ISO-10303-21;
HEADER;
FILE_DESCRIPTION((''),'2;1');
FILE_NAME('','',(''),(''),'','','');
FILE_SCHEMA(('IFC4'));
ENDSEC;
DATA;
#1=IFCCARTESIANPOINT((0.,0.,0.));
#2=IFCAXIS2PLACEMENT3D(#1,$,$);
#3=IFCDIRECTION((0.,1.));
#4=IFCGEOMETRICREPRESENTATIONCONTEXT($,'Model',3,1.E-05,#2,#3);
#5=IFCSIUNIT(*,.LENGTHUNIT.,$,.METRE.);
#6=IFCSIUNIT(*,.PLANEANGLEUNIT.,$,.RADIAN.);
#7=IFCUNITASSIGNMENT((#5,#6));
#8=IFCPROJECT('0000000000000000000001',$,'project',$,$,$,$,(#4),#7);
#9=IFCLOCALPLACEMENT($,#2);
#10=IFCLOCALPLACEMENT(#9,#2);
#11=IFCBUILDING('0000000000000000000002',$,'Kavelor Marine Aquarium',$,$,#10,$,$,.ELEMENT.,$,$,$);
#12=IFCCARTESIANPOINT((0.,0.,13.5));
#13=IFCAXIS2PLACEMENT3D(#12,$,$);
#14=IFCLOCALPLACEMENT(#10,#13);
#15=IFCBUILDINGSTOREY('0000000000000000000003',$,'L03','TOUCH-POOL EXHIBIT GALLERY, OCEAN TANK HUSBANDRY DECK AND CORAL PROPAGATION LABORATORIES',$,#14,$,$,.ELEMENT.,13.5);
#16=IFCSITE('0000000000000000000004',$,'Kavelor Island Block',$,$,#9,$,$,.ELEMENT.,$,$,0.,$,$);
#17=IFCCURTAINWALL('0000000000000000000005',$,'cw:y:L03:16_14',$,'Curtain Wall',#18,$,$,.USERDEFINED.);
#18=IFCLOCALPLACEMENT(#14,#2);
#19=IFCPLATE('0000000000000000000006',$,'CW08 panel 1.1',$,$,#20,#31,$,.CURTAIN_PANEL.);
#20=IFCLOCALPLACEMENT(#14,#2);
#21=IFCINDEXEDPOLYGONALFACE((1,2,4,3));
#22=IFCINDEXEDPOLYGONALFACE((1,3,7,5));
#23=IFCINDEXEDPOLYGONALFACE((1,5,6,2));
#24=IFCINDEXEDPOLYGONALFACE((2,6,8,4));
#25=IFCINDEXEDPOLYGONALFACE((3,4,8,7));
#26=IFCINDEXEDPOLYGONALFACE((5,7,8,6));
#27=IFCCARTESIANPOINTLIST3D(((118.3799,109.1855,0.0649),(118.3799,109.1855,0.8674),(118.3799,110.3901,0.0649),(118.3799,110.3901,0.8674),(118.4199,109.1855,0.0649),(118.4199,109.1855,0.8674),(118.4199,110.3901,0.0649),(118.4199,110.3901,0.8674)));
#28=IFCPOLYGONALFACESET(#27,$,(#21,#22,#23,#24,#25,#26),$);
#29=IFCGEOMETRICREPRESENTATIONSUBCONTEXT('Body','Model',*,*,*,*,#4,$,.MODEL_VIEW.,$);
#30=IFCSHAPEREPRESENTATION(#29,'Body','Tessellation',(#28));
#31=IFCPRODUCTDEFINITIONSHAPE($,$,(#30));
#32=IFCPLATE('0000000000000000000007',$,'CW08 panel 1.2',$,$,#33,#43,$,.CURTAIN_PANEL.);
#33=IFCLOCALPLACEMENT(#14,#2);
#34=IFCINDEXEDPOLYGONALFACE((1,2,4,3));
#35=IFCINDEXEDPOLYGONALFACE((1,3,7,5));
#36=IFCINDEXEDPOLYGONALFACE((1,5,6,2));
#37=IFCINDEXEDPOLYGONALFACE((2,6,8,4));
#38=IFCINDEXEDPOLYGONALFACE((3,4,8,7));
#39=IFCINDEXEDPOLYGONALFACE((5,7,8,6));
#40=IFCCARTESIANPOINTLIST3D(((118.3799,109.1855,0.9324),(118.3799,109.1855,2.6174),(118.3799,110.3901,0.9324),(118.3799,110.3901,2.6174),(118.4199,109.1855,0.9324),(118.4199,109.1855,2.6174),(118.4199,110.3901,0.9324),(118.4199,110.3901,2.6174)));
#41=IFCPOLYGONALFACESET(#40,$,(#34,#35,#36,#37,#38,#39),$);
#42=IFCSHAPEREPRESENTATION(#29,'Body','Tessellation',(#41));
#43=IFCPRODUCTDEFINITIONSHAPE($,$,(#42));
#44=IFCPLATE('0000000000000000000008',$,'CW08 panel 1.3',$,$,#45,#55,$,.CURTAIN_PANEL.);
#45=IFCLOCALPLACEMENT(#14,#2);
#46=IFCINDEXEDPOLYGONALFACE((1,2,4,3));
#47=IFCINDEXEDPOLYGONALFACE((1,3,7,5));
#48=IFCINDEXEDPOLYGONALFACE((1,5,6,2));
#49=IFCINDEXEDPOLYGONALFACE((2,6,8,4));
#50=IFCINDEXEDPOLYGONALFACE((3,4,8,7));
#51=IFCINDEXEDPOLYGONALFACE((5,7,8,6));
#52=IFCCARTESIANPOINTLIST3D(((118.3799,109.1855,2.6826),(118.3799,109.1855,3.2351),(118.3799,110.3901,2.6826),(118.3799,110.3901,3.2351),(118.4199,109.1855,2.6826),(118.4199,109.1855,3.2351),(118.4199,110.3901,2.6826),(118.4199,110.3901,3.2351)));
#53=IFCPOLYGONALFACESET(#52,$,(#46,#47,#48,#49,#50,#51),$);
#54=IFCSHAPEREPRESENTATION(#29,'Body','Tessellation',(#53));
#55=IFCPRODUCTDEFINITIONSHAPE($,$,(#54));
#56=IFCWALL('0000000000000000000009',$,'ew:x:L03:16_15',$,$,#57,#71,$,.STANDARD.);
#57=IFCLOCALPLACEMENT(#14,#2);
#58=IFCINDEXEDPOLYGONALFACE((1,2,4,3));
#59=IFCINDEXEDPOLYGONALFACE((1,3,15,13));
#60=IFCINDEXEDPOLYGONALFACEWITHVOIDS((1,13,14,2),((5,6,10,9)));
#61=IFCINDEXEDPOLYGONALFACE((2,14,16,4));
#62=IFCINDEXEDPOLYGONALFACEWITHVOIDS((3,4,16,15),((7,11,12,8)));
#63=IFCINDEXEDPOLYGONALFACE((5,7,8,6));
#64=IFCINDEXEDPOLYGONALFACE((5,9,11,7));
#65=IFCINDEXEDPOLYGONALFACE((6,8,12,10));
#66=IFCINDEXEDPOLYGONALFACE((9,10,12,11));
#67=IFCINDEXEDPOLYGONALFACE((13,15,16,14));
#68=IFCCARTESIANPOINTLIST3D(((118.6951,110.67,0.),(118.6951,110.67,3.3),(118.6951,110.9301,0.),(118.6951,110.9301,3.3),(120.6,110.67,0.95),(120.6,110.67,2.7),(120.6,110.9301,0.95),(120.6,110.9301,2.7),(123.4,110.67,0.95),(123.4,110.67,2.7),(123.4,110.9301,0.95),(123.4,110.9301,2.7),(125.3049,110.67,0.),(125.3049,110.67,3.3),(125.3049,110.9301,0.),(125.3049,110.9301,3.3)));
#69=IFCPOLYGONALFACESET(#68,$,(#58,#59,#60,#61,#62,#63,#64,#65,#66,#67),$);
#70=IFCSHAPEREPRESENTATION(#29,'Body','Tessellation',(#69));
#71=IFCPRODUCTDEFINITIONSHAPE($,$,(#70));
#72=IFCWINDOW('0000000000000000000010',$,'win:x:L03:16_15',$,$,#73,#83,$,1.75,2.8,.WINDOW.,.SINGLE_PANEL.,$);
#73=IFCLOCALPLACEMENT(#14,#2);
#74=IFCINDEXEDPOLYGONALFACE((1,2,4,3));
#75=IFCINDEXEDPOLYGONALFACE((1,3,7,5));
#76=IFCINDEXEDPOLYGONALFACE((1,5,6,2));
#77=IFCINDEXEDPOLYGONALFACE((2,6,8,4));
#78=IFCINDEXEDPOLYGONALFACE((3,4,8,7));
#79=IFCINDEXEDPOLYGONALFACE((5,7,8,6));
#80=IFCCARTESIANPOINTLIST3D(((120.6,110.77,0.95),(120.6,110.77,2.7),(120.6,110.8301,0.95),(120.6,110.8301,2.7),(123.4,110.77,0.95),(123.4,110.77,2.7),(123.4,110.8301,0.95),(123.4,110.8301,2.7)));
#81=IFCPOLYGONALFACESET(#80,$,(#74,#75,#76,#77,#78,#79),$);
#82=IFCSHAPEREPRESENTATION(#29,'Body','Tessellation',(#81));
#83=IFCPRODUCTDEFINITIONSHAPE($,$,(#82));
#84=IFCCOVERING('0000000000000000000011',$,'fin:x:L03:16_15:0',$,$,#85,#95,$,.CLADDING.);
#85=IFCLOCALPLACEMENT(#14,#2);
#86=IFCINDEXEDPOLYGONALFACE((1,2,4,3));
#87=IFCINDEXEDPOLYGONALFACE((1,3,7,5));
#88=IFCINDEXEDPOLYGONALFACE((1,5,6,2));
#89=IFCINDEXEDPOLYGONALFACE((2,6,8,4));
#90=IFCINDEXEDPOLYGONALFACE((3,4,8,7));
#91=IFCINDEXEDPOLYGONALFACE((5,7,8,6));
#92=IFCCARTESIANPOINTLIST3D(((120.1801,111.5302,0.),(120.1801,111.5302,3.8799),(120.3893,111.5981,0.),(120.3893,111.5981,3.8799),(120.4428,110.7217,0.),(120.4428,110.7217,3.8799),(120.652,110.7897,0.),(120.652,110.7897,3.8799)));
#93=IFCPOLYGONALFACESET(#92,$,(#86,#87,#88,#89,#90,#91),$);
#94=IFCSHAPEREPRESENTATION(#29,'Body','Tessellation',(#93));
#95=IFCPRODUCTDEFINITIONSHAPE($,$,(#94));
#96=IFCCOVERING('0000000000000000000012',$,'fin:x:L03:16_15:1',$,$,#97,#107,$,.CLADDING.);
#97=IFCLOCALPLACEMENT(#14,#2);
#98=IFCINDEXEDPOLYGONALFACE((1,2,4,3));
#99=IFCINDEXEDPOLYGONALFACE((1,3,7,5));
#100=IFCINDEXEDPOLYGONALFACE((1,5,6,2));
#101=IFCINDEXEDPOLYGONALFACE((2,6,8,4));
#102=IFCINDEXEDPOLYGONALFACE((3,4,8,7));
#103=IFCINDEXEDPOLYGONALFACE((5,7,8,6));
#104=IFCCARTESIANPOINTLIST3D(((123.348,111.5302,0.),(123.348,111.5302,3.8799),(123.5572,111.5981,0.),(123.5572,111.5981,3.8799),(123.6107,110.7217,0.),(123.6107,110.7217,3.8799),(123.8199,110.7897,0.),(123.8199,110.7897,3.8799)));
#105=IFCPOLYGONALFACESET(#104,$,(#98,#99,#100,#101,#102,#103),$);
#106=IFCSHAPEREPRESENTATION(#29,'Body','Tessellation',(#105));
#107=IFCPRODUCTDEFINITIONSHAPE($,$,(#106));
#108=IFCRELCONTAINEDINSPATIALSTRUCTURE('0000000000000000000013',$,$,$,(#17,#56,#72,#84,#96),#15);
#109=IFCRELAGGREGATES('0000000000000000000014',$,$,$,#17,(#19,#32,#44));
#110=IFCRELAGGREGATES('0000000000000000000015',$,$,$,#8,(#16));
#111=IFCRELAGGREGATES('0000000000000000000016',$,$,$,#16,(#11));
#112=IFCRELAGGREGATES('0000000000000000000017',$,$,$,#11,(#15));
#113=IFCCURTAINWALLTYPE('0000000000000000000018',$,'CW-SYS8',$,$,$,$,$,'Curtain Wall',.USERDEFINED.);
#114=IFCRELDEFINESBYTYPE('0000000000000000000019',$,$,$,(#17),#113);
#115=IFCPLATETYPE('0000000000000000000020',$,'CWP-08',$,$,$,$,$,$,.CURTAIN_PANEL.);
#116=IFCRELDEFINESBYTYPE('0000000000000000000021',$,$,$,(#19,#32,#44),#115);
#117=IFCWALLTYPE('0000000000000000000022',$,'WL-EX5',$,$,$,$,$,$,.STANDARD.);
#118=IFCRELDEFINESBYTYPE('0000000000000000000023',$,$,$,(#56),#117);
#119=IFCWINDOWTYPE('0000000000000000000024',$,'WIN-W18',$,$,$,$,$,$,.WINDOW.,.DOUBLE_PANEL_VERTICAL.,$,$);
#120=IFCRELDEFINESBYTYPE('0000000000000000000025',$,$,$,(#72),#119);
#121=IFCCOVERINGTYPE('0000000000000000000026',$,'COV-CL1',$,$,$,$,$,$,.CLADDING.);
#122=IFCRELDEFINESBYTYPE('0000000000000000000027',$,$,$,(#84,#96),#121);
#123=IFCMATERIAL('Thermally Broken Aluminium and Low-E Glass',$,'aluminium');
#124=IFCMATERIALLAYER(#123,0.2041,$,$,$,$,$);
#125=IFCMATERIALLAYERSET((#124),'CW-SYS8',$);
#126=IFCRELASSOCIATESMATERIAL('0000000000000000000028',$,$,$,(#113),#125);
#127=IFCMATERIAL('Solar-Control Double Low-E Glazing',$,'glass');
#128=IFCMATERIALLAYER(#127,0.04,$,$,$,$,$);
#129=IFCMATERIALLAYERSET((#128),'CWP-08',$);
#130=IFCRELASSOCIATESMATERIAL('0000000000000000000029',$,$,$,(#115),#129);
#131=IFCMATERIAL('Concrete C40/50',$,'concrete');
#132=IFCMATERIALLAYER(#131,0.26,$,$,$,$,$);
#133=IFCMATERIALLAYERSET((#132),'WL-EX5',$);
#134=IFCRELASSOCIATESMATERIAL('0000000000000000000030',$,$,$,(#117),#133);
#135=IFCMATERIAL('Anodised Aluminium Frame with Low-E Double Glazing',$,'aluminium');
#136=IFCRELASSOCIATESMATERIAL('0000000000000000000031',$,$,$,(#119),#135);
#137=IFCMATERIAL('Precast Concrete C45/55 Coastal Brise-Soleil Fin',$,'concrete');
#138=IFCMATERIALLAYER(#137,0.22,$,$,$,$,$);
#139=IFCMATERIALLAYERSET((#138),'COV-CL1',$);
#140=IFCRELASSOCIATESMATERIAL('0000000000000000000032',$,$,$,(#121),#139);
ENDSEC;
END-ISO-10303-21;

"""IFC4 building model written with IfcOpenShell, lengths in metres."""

from ifc_helpers import new_model, si_unit, direction, frame, frame_2d, origin, origin_2d, place, context, subcontext, project, spatial, rectangle, extrude, material, layer, layer_set, type_object, element, fill, aggregate, save


model = new_model("IFC4")

# Units and contexts
model_context = context("Model", 3, precision=1e-05, world=origin(), true_north=direction((0.0, 1.0)))
body_context = subcontext(model_context, "Body", "Model", "MODEL_VIEW")
ifc_project = project(units=[si_unit("LENGTHUNIT", "METRE"), si_unit("PLANEANGLEUNIT", "RADIAN")], contexts=[model_context])

# Site, building, storey
site_placement = place(None, origin())
site = spatial("IfcSite", under=ifc_project, at=site_placement, Name="Kavelor Island Block", CompositionType="ELEMENT", RefElevation=0.0)
building_placement = place(site_placement, origin())
building = spatial("IfcBuilding", under=site, at=building_placement, Name="Kavelor Marine Aquarium", CompositionType="ELEMENT")
storey_placement = place(building_placement, frame((0.0, 0.0, 13.5)))
storey = spatial("IfcBuildingStorey", under=building, at=storey_placement, Name="L03", Description="TOUCH-POOL EXHIBIT GALLERY, OCEAN TANK HUSBANDRY DECK AND CORAL PROPAGATION LABORATORIES", CompositionType="ELEMENT", Elevation=13.5)

# Curtain wall, plates
ifc_material_1 = material(Name="Thermally Broken Aluminium and Low-E Glass", Category="aluminium")
ifc_layer_1 = layer(ifc_material_1, 0.2041)
ifc_layer_set_1 = layer_set([ifc_layer_1], Name="CW-SYS8")
curtain_wall_type = type_object("IfcCurtainWallType", Name="CW-SYS8", ElementType="Curtain Wall", PredefinedType="USERDEFINED", material=ifc_layer_set_1)
curtain_wall_placement = place(storey_placement, origin())
curtain_wall = element("IfcCurtainWall", 1, at=curtain_wall_placement, inside=storey, type_object=curtain_wall_type, Name="cw:y:L03:16_14", ObjectType="Curtain Wall", PredefinedType="USERDEFINED")
ifc_material_2 = material(Name="Solar-Control Double Low-E Glazing", Category="glass")
ifc_layer_2 = layer(ifc_material_2, 0.04)
ifc_layer_set_2 = layer_set([ifc_layer_2], Name="CWP-08")
plate_type = type_object("IfcPlateType", Name="CWP-08", PredefinedType="CURTAIN_PANEL", material=ifc_layer_set_2)
plate_1_placement = place(storey_placement, frame((118.3999, 109.7878, 0.0649), z_axis=(0.0, 0.0, 1.0), x_axis=(0.0, -1.0, 0.0)))
plate_1 = element("IfcPlate", 2, at=plate_1_placement, type_object=plate_type, Name="CW08 panel 1.1", PredefinedType="CURTAIN_PANEL", context=body_context, shape_type="SweptSolid", body=[
    extrude(rectangle(XDim=1.2046, YDim=0.04, at=origin_2d()), origin(), (0.0, 0.0, 1.0), 0.8025),
])
plate_2_placement = place(storey_placement, frame((118.3999, 109.7878, 0.9324), z_axis=(0.0, 0.0, 1.0), x_axis=(0.0, -1.0, 0.0)))
plate_2 = element("IfcPlate", 3, at=plate_2_placement, type_object=plate_type, Name="CW08 panel 1.2", PredefinedType="CURTAIN_PANEL", context=body_context, shape_type="SweptSolid", body=[
    extrude(rectangle(XDim=1.2046, YDim=0.04, at=origin_2d()), origin(), (0.0, 0.0, 1.0), 1.6851),
])
plate_3_placement = place(storey_placement, frame((118.3999, 109.7878, 2.6826), z_axis=(0.0, 0.0, 1.0), x_axis=(0.0, -1.0, 0.0)))
plate_3 = element("IfcPlate", 4, at=plate_3_placement, type_object=plate_type, Name="CW08 panel 1.3", PredefinedType="CURTAIN_PANEL", context=body_context, shape_type="SweptSolid", body=[
    extrude(rectangle(XDim=1.2046, YDim=0.04, at=origin_2d()), origin(), (0.0, 0.0, 1.0), 0.5525),
])
aggregate(curtain_wall, [plate_1, plate_2, plate_3])

# Wall, opening, window
ifc_material_3 = material(Name="Concrete C40/50", Category="concrete")
ifc_layer_3 = layer(ifc_material_3, 0.26)
ifc_layer_set_3 = layer_set([ifc_layer_3], Name="WL-EX5")
wall_type = type_object("IfcWallType", Name="WL-EX5", PredefinedType="STANDARD", material=ifc_layer_set_3)
wall_placement = place(storey_placement, frame((118.6951, 110.8, 0.0), z_axis=(0.0, 0.0, 1.0), x_axis=(1.0, 0.0, 0.0)))
wall = element("IfcWall", 5, at=wall_placement, inside=storey, type_object=wall_type, Name="ew:x:L03:16_15", PredefinedType="STANDARD", context=body_context, shape_type="SweptSolid", body=[
    extrude(rectangle(XDim=6.6099, YDim=0.26, at=frame_2d((3.3049, 0.0))), origin(), (0.0, 0.0, 1.0), 3.3),
])
opening_placement = place(wall_placement, frame((1.905, 0.0, 0.95)))
opening = element("IfcOpeningElement", 6, at=opening_placement, cuts=wall, PredefinedType="OPENING", context=body_context, shape_type="SweptSolid", body=[
    extrude(rectangle(XDim=2.8, YDim=1.75, at=frame_2d((1.3999, 0.875))), frame((0.0, 0.1399, 0.0), z_axis=(0.0, -1.0, 0.0), x_axis=(1.0, 0.0, 0.0)), (0.0, 0.0, 1.0), 0.28),
])
ifc_material_4 = material(Name="Anodised Aluminium Frame with Low-E Double Glazing", Category="aluminium")
window_type = type_object("IfcWindowType", Name="WIN-W18", PartitioningType="DOUBLE_PANEL_VERTICAL", PredefinedType="WINDOW", material=ifc_material_4)
window_placement = place(opening_placement, origin())
window = element("IfcWindow", 7, at=window_placement, inside=storey, type_object=window_type, Name="win:x:L03:16_15", OverallHeight=1.75, OverallWidth=2.8, PartitioningType="SINGLE_PANEL", PredefinedType="WINDOW", context=body_context, shape_type="SweptSolid", body=[
    extrude(rectangle(XDim=2.8, YDim=1.75, at=frame_2d((1.3999, 0.875))), frame((0.0, 0.03, 0.0), z_axis=(0.0, -1.0, 0.0), x_axis=(1.0, 0.0, 0.0)), (0.0, 0.0, 1.0), 0.0601),
])
fill(opening, window)

# Coverings
ifc_material_5 = material(Name="Precast Concrete C45/55 Coastal Brise-Soleil Fin", Category="concrete")
ifc_layer_4 = layer(ifc_material_5, 0.22)
ifc_layer_set_4 = layer_set([ifc_layer_4], Name="COV-CL1")
covering_type = type_object("IfcCoveringType", Name="COV-CL1", PredefinedType="CLADDING", material=ifc_layer_set_4)
for number, where, z_axis, x_axis, name in (
    (8, (120.416, 111.1599, 0.0), (0.0, 0.0, 1.0), (0.951057, 0.309017, 0.0), "fin:x:L03:16_15:0"),
    (9, (123.584, 111.1599, 0.0), (0.0, 0.0, 1.0), (0.951057, 0.309017, 0.0), "fin:x:L03:16_15:1"),
):
    element("IfcCovering", number, at=place(storey_placement, frame(where, z_axis=z_axis, x_axis=x_axis)), inside=storey, type_object=covering_type, Name=name, PredefinedType="CLADDING", context=body_context, shape_type="SweptSolid", body=[
        extrude(rectangle(XDim=0.22, YDim=0.8501, at=origin_2d()), origin(), (0.0, 0.0, 1.0), 3.8799),
    ])

save(model, "model.ifc")
